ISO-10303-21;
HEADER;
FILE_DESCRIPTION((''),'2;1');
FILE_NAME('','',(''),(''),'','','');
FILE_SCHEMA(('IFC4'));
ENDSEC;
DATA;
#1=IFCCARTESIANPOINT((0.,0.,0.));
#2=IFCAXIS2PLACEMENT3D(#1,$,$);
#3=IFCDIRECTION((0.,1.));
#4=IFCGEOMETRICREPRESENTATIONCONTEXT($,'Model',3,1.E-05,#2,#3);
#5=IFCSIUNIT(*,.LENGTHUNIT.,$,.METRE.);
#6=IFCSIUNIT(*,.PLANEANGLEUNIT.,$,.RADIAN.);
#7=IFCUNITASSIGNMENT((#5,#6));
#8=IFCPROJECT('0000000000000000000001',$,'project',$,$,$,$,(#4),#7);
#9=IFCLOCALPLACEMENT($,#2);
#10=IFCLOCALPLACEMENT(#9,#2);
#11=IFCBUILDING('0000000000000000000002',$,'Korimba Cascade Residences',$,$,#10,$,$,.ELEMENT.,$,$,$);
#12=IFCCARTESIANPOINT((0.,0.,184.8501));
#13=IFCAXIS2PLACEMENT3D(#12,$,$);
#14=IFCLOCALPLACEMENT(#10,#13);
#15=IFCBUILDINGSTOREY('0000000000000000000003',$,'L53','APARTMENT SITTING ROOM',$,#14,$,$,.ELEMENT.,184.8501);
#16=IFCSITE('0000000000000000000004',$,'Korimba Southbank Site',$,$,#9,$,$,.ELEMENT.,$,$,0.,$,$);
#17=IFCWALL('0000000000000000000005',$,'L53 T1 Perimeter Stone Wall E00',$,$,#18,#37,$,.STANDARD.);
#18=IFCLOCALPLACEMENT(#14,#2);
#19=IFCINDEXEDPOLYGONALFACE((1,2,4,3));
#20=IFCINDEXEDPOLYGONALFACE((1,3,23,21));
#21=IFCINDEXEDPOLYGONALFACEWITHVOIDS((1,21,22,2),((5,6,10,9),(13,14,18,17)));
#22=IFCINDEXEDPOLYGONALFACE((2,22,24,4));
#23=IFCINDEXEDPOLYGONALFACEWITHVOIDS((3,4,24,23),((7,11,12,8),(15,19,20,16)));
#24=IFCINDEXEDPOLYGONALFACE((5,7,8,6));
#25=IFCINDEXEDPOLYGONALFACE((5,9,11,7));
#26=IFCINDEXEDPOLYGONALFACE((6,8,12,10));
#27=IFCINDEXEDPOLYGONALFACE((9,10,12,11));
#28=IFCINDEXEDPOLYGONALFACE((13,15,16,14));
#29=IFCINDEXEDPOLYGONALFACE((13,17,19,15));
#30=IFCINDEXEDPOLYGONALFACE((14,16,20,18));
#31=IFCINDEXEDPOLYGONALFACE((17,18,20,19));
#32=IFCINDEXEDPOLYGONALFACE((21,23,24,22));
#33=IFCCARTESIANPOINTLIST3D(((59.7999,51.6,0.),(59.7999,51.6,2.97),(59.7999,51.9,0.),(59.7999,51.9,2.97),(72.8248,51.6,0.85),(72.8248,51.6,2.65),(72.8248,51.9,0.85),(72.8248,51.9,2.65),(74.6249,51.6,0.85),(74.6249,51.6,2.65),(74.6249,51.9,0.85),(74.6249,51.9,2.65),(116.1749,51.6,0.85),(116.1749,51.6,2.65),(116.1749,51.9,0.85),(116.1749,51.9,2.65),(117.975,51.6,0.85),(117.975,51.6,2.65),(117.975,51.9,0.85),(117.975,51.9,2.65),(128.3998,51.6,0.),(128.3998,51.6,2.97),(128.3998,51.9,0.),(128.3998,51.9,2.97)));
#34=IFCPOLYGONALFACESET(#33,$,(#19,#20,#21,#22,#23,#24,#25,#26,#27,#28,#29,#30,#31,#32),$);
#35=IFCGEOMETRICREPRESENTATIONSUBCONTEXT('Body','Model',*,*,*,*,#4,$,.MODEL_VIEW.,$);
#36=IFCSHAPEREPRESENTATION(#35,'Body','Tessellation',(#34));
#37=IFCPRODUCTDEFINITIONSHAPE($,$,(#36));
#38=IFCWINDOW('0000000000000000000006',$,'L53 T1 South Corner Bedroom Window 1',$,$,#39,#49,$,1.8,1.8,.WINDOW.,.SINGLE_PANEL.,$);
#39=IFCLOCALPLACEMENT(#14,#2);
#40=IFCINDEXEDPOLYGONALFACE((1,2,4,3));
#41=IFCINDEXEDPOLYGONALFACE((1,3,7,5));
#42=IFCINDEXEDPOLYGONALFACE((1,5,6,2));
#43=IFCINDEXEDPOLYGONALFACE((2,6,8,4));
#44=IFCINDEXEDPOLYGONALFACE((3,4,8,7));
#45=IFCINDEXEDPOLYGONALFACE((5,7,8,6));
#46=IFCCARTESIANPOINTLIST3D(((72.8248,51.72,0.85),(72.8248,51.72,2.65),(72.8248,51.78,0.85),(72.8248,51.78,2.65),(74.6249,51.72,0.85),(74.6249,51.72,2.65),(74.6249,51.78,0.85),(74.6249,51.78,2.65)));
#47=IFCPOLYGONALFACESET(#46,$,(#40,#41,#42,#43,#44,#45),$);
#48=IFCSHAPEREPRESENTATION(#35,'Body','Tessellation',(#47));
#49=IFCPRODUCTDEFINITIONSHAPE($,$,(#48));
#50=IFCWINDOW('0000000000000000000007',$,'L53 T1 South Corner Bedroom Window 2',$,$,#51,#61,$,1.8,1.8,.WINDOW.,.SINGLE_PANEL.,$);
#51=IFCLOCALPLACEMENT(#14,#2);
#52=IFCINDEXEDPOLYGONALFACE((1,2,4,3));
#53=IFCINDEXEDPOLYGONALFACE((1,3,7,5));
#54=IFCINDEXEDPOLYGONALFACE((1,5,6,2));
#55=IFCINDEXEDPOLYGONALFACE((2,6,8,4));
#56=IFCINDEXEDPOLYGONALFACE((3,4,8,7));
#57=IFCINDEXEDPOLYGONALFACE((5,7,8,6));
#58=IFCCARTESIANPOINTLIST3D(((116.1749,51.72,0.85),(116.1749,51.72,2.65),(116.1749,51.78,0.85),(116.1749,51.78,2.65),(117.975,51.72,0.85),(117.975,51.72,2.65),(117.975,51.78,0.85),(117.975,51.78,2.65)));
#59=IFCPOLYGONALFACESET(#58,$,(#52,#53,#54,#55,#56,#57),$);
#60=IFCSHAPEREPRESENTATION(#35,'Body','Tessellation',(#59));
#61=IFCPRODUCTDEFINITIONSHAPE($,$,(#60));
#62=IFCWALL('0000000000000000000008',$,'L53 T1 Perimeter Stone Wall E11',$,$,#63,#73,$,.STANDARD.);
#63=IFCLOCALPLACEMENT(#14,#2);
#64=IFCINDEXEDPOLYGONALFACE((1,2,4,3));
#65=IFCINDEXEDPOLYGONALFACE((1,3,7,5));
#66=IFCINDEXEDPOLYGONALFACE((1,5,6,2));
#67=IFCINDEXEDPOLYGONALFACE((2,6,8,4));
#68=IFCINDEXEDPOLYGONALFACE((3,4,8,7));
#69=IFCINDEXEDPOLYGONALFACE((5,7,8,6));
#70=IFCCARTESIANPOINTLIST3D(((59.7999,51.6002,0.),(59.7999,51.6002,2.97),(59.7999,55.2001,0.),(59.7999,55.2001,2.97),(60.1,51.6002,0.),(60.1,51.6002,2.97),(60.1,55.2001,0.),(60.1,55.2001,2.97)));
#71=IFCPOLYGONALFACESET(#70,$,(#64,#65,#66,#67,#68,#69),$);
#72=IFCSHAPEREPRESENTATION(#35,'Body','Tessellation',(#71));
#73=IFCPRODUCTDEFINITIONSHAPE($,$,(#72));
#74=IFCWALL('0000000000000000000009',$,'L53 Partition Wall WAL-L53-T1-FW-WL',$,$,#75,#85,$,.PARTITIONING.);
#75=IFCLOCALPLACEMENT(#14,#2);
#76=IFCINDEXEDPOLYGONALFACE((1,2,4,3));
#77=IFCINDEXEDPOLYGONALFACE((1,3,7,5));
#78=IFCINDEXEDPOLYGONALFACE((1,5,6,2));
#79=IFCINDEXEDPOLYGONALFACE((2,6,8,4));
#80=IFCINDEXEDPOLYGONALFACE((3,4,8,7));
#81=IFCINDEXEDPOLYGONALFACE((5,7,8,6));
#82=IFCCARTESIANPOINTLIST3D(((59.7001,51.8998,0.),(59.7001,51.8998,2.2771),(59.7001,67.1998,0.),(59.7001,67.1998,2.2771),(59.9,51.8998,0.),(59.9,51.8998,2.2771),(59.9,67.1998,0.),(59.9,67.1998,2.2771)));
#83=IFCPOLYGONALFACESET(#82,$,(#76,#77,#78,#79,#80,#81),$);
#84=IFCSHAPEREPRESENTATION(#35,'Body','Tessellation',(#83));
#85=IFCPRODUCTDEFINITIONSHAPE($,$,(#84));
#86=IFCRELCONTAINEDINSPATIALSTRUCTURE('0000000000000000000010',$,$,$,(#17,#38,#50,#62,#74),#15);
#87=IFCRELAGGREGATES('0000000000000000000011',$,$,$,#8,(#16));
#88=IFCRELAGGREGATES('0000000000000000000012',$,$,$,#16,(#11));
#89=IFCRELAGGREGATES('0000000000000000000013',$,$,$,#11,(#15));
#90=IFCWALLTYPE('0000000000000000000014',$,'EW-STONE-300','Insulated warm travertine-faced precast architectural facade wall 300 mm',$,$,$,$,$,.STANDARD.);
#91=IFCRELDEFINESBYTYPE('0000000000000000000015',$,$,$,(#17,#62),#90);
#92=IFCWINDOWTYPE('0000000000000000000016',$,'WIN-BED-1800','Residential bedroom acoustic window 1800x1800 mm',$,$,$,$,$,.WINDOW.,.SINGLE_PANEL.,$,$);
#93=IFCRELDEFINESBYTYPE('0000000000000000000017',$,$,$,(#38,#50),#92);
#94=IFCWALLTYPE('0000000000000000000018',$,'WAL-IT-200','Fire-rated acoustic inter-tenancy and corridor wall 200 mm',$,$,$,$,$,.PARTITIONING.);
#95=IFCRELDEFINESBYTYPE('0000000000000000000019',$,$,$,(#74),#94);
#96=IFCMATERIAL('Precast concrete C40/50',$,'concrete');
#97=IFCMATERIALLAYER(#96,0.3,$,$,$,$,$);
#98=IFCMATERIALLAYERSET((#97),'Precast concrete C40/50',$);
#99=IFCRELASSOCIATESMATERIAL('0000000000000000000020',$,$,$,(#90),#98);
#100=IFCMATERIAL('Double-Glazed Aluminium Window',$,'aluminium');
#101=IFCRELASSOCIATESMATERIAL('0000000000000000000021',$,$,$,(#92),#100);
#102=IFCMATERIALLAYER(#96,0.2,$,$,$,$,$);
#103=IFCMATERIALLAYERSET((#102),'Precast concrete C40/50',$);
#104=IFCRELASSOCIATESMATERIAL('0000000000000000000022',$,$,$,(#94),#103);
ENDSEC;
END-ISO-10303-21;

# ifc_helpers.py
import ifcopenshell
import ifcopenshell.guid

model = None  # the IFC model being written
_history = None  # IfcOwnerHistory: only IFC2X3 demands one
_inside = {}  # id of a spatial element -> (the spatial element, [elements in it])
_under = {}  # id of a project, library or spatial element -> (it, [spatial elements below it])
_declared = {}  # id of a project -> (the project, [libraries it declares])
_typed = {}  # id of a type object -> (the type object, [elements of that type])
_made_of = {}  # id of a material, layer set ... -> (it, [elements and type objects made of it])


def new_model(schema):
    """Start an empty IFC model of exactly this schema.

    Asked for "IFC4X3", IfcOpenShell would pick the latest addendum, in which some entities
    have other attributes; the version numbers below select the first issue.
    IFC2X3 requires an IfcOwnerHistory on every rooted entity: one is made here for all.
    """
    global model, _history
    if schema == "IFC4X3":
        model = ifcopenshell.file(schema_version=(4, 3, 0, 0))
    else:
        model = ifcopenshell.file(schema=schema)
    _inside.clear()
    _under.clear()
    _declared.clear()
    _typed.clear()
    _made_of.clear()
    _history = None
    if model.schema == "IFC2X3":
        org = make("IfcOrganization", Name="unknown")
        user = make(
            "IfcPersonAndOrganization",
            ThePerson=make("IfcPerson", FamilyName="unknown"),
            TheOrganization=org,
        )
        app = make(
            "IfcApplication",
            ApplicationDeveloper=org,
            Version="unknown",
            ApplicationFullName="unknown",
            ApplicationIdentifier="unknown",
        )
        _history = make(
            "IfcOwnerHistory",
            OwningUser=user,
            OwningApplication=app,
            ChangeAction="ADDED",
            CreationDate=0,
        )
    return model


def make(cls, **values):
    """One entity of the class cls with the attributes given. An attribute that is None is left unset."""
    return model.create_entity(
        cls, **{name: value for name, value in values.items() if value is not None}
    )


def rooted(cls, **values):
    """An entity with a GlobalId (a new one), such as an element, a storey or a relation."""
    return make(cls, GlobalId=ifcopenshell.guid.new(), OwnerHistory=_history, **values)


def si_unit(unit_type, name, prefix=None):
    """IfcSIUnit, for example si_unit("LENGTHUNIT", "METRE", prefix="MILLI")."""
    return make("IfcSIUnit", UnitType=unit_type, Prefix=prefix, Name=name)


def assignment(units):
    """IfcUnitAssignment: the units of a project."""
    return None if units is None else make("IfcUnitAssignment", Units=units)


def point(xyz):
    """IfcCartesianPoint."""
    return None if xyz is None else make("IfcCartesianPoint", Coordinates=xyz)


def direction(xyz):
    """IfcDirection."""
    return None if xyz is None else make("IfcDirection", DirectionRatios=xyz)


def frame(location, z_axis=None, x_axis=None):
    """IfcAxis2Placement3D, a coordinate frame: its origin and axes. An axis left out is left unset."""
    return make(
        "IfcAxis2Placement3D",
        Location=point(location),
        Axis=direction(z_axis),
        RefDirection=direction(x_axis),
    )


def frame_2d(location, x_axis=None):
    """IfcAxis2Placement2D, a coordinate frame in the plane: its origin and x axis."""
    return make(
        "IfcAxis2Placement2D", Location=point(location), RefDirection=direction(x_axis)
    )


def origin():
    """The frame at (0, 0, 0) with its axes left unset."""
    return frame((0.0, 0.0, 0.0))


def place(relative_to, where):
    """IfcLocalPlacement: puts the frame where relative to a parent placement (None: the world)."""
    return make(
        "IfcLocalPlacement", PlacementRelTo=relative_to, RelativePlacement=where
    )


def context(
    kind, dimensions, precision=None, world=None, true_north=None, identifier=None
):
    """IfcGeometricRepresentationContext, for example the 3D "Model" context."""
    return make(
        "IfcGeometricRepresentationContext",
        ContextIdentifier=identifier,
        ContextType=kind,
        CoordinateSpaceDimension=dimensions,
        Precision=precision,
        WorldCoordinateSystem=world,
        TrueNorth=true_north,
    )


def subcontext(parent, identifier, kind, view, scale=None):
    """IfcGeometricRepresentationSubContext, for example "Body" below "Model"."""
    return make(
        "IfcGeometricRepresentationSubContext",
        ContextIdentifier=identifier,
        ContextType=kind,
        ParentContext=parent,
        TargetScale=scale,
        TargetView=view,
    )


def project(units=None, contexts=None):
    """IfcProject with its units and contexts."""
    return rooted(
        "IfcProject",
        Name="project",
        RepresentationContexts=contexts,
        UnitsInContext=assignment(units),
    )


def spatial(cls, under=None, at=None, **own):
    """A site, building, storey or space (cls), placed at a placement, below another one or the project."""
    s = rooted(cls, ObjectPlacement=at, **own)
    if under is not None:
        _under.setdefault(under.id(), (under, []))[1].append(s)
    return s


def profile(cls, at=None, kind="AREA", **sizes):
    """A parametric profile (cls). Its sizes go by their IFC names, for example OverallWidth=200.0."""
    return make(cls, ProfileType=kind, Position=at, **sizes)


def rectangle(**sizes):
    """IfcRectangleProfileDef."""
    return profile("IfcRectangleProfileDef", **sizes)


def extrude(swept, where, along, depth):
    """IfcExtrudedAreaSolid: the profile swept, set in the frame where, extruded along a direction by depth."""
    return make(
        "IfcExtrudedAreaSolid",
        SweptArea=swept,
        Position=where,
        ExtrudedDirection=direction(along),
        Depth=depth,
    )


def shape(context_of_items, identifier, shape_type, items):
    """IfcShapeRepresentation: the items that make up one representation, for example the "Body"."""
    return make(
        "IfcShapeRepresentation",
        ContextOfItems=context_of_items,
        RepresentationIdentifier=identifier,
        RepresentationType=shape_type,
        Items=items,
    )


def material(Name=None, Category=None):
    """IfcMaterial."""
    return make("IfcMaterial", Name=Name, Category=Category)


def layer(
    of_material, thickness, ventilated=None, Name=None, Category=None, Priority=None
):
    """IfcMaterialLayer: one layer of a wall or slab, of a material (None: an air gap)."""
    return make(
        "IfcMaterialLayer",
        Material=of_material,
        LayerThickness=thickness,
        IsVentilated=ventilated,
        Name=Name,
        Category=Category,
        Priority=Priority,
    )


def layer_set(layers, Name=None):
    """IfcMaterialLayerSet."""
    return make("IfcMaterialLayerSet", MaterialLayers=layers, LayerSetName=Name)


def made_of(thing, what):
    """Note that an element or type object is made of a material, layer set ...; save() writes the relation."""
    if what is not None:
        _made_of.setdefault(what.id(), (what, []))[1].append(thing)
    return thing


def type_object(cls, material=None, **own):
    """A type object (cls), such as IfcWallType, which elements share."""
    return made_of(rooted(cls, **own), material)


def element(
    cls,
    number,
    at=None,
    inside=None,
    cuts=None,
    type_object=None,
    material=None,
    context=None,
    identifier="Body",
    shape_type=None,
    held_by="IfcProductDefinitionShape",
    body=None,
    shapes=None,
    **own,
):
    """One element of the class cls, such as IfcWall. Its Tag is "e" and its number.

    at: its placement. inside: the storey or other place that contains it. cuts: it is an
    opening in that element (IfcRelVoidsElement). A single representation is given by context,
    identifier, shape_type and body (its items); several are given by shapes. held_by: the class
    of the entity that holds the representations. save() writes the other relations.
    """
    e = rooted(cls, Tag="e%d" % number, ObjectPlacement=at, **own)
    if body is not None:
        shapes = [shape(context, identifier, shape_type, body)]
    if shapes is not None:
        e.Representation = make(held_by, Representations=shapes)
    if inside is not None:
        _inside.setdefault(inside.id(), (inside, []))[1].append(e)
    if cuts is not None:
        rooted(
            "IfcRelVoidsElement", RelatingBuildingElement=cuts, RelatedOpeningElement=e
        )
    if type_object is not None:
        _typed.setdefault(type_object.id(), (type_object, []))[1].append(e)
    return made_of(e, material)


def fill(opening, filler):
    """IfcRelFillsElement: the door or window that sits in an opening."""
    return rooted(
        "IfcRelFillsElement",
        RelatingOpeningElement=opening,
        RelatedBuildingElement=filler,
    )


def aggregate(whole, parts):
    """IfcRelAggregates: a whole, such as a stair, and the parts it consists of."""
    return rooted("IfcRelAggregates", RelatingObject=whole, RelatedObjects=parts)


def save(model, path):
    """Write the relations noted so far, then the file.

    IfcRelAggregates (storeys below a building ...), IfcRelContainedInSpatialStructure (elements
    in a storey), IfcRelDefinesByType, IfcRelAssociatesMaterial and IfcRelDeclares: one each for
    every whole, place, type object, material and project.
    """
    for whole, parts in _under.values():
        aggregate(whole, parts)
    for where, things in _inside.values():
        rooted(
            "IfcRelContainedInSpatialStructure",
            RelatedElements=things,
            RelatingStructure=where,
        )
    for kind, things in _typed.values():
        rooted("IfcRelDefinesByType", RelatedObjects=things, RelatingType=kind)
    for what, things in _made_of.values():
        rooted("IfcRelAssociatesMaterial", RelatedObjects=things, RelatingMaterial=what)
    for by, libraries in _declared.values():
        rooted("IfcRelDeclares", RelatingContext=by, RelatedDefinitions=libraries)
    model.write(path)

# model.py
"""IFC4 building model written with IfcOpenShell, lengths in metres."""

from ifc_helpers import new_model, si_unit, direction, frame, frame_2d, origin, place, context, subcontext, project, spatial, rectangle, extrude, material, layer, layer_set, type_object, element, fill, save


model = new_model("IFC4")

# Units and contexts
model_context = context("Model", 3, precision=1e-05, world=origin(), true_north=direction((0.0, 1.0)))
body_context = subcontext(model_context, "Body", "Model", "MODEL_VIEW")
ifc_project = project(units=[si_unit("LENGTHUNIT", "METRE"), si_unit("PLANEANGLEUNIT", "RADIAN")], contexts=[model_context])

# Site, building, storey
site_placement = place(None, origin())
site = spatial("IfcSite", under=ifc_project, at=site_placement, Name="Korimba Southbank Site", CompositionType="ELEMENT", RefElevation=0.0)
building_placement = place(site_placement, origin())
building = spatial("IfcBuilding", under=site, at=building_placement, Name="Korimba Cascade Residences", CompositionType="ELEMENT")
storey_placement = place(building_placement, frame((0.0, 0.0, 184.8501)))
storey = spatial("IfcBuildingStorey", under=building, at=storey_placement, Name="L53", Description="APARTMENT SITTING ROOM", CompositionType="ELEMENT", Elevation=184.8501)

# Shared definitions
ifc_material_1 = material(Name="Precast concrete C40/50", Category="concrete")

# Wall, openings, windows
ifc_layer_1 = layer(ifc_material_1, 0.3)
ifc_layer_set_1 = layer_set([ifc_layer_1], Name="Precast concrete C40/50")
wall_type_1 = type_object("IfcWallType", Name="EW-STONE-300", Description="Insulated warm travertine-faced precast architectural facade wall 300 mm", PredefinedType="STANDARD", material=ifc_layer_set_1)
wall_1_placement = place(storey_placement, frame((59.8, 51.75, 0.0), z_axis=(0.0, 0.0, 1.0), x_axis=(1.0, 0.0, 0.0)))
wall_1 = element("IfcWall", 1, at=wall_1_placement, inside=storey, type_object=wall_type_1, Name="L53 T1 Perimeter Stone Wall E00", PredefinedType="STANDARD", context=body_context, shape_type="SweptSolid", body=[
    extrude(rectangle(XDim=68.5999, YDim=0.3, at=frame_2d((34.2998, 0.0))), origin(), (0.0, 0.0, 1.0), 2.97),
])
opening_1_placement = place(wall_1_placement, frame((13.0249, 0.0, 0.8501)))
opening_1 = element("IfcOpeningElement", 2, at=opening_1_placement, cuts=wall_1, PredefinedType="OPENING", context=body_context, shape_type="SweptSolid", body=[
    extrude(rectangle(XDim=1.8, YDim=1.8, at=frame_2d((0.8999, 0.8999))), frame((0.0, 0.1602, 0.0), z_axis=(0.0, -1.0, 0.0), x_axis=(1.0, 0.0, 0.0)), (0.0, 0.0, 1.0), 0.3201),
])
opening_2_placement = place(wall_1_placement, frame((56.375, 0.0, 0.8501)))
opening_2 = element("IfcOpeningElement", 3, at=opening_2_placement, cuts=wall_1, PredefinedType="OPENING", context=body_context, shape_type="SweptSolid", body=[
    extrude(rectangle(XDim=1.8, YDim=1.8, at=frame_2d((0.8999, 0.8999))), frame((0.0, 0.1602, 0.0), z_axis=(0.0, -1.0, 0.0), x_axis=(1.0, 0.0, 0.0)), (0.0, 0.0, 1.0), 0.3201),
])
ifc_material_2 = material(Name="Double-Glazed Aluminium Window", Category="aluminium")
window_type = type_object("IfcWindowType", Name="WIN-BED-1800", Description="Residential bedroom acoustic window 1800x1800 mm", PartitioningType="SINGLE_PANEL", PredefinedType="WINDOW", material=ifc_material_2)
window_1_placement = place(opening_1_placement, origin())
window_1 = element("IfcWindow", 4, at=window_1_placement, inside=storey, type_object=window_type, Name="L53 T1 South Corner Bedroom Window 1", OverallHeight=1.8, OverallWidth=1.8, PartitioningType="SINGLE_PANEL", PredefinedType="WINDOW", context=body_context, shape_type="SweptSolid", body=[
    extrude(rectangle(XDim=1.8, YDim=1.8, at=frame_2d((0.8999, 0.8999))), frame((0.0, 0.03, 0.0), z_axis=(0.0, -1.0, 0.0), x_axis=(1.0, 0.0, 0.0)), (0.0, 0.0, 1.0), 0.0601),
])
fill(opening_1, window_1)
window_2_placement = place(opening_2_placement, origin())
window_2 = element("IfcWindow", 5, at=window_2_placement, inside=storey, type_object=window_type, Name="L53 T1 South Corner Bedroom Window 2", OverallHeight=1.8, OverallWidth=1.8, PartitioningType="SINGLE_PANEL", PredefinedType="WINDOW", context=body_context, shape_type="SweptSolid", body=[
    extrude(rectangle(XDim=1.8, YDim=1.8, at=frame_2d((0.8999, 0.8999))), frame((0.0, 0.03, 0.0), z_axis=(0.0, -1.0, 0.0), x_axis=(1.0, 0.0, 0.0)), (0.0, 0.0, 1.0), 0.0601),
])
fill(opening_2, window_2)

# Walls
wall_2_placement = place(storey_placement, frame((59.95, 55.2, 0.0), z_axis=(0.0, 0.0, 1.0), x_axis=(0.0, -1.0, 0.0)))
element("IfcWall", 6, at=wall_2_placement, inside=storey, type_object=wall_type_1, Name="L53 T1 Perimeter Stone Wall E11", PredefinedType="STANDARD", context=body_context, shape_type="SweptSolid", body=[
    extrude(rectangle(XDim=3.5999, YDim=0.3, at=frame_2d((1.7998, 0.0))), origin(), (0.0, 0.0, 1.0), 2.97),
])
ifc_layer_2 = layer(ifc_material_1, 0.2)
ifc_layer_set_2 = layer_set([ifc_layer_2], Name="Precast concrete C40/50")
wall_type_2 = type_object("IfcWallType", Name="WAL-IT-200", Description="Fire-rated acoustic inter-tenancy and corridor wall 200 mm", PredefinedType="PARTITIONING", material=ifc_layer_set_2)
wall_3_placement = place(storey_placement, frame((59.8, 51.8999, 0.0), z_axis=(0.0, 0.0, 1.0), x_axis=(0.0, 1.0, 0.0)))
element("IfcWall", 7, at=wall_3_placement, inside=storey, type_object=wall_type_2, Name="L53 Partition Wall WAL-L53-T1-FW-WL", PredefinedType="PARTITIONING", context=body_context, shape_type="SweptSolid", body=[
    extrude(rectangle(XDim=15.3, YDim=0.2, at=frame_2d((7.6499, 0.0))), origin(), (0.0, 0.0, 1.0), 2.2771),
])

save(model, "model.ifc")
